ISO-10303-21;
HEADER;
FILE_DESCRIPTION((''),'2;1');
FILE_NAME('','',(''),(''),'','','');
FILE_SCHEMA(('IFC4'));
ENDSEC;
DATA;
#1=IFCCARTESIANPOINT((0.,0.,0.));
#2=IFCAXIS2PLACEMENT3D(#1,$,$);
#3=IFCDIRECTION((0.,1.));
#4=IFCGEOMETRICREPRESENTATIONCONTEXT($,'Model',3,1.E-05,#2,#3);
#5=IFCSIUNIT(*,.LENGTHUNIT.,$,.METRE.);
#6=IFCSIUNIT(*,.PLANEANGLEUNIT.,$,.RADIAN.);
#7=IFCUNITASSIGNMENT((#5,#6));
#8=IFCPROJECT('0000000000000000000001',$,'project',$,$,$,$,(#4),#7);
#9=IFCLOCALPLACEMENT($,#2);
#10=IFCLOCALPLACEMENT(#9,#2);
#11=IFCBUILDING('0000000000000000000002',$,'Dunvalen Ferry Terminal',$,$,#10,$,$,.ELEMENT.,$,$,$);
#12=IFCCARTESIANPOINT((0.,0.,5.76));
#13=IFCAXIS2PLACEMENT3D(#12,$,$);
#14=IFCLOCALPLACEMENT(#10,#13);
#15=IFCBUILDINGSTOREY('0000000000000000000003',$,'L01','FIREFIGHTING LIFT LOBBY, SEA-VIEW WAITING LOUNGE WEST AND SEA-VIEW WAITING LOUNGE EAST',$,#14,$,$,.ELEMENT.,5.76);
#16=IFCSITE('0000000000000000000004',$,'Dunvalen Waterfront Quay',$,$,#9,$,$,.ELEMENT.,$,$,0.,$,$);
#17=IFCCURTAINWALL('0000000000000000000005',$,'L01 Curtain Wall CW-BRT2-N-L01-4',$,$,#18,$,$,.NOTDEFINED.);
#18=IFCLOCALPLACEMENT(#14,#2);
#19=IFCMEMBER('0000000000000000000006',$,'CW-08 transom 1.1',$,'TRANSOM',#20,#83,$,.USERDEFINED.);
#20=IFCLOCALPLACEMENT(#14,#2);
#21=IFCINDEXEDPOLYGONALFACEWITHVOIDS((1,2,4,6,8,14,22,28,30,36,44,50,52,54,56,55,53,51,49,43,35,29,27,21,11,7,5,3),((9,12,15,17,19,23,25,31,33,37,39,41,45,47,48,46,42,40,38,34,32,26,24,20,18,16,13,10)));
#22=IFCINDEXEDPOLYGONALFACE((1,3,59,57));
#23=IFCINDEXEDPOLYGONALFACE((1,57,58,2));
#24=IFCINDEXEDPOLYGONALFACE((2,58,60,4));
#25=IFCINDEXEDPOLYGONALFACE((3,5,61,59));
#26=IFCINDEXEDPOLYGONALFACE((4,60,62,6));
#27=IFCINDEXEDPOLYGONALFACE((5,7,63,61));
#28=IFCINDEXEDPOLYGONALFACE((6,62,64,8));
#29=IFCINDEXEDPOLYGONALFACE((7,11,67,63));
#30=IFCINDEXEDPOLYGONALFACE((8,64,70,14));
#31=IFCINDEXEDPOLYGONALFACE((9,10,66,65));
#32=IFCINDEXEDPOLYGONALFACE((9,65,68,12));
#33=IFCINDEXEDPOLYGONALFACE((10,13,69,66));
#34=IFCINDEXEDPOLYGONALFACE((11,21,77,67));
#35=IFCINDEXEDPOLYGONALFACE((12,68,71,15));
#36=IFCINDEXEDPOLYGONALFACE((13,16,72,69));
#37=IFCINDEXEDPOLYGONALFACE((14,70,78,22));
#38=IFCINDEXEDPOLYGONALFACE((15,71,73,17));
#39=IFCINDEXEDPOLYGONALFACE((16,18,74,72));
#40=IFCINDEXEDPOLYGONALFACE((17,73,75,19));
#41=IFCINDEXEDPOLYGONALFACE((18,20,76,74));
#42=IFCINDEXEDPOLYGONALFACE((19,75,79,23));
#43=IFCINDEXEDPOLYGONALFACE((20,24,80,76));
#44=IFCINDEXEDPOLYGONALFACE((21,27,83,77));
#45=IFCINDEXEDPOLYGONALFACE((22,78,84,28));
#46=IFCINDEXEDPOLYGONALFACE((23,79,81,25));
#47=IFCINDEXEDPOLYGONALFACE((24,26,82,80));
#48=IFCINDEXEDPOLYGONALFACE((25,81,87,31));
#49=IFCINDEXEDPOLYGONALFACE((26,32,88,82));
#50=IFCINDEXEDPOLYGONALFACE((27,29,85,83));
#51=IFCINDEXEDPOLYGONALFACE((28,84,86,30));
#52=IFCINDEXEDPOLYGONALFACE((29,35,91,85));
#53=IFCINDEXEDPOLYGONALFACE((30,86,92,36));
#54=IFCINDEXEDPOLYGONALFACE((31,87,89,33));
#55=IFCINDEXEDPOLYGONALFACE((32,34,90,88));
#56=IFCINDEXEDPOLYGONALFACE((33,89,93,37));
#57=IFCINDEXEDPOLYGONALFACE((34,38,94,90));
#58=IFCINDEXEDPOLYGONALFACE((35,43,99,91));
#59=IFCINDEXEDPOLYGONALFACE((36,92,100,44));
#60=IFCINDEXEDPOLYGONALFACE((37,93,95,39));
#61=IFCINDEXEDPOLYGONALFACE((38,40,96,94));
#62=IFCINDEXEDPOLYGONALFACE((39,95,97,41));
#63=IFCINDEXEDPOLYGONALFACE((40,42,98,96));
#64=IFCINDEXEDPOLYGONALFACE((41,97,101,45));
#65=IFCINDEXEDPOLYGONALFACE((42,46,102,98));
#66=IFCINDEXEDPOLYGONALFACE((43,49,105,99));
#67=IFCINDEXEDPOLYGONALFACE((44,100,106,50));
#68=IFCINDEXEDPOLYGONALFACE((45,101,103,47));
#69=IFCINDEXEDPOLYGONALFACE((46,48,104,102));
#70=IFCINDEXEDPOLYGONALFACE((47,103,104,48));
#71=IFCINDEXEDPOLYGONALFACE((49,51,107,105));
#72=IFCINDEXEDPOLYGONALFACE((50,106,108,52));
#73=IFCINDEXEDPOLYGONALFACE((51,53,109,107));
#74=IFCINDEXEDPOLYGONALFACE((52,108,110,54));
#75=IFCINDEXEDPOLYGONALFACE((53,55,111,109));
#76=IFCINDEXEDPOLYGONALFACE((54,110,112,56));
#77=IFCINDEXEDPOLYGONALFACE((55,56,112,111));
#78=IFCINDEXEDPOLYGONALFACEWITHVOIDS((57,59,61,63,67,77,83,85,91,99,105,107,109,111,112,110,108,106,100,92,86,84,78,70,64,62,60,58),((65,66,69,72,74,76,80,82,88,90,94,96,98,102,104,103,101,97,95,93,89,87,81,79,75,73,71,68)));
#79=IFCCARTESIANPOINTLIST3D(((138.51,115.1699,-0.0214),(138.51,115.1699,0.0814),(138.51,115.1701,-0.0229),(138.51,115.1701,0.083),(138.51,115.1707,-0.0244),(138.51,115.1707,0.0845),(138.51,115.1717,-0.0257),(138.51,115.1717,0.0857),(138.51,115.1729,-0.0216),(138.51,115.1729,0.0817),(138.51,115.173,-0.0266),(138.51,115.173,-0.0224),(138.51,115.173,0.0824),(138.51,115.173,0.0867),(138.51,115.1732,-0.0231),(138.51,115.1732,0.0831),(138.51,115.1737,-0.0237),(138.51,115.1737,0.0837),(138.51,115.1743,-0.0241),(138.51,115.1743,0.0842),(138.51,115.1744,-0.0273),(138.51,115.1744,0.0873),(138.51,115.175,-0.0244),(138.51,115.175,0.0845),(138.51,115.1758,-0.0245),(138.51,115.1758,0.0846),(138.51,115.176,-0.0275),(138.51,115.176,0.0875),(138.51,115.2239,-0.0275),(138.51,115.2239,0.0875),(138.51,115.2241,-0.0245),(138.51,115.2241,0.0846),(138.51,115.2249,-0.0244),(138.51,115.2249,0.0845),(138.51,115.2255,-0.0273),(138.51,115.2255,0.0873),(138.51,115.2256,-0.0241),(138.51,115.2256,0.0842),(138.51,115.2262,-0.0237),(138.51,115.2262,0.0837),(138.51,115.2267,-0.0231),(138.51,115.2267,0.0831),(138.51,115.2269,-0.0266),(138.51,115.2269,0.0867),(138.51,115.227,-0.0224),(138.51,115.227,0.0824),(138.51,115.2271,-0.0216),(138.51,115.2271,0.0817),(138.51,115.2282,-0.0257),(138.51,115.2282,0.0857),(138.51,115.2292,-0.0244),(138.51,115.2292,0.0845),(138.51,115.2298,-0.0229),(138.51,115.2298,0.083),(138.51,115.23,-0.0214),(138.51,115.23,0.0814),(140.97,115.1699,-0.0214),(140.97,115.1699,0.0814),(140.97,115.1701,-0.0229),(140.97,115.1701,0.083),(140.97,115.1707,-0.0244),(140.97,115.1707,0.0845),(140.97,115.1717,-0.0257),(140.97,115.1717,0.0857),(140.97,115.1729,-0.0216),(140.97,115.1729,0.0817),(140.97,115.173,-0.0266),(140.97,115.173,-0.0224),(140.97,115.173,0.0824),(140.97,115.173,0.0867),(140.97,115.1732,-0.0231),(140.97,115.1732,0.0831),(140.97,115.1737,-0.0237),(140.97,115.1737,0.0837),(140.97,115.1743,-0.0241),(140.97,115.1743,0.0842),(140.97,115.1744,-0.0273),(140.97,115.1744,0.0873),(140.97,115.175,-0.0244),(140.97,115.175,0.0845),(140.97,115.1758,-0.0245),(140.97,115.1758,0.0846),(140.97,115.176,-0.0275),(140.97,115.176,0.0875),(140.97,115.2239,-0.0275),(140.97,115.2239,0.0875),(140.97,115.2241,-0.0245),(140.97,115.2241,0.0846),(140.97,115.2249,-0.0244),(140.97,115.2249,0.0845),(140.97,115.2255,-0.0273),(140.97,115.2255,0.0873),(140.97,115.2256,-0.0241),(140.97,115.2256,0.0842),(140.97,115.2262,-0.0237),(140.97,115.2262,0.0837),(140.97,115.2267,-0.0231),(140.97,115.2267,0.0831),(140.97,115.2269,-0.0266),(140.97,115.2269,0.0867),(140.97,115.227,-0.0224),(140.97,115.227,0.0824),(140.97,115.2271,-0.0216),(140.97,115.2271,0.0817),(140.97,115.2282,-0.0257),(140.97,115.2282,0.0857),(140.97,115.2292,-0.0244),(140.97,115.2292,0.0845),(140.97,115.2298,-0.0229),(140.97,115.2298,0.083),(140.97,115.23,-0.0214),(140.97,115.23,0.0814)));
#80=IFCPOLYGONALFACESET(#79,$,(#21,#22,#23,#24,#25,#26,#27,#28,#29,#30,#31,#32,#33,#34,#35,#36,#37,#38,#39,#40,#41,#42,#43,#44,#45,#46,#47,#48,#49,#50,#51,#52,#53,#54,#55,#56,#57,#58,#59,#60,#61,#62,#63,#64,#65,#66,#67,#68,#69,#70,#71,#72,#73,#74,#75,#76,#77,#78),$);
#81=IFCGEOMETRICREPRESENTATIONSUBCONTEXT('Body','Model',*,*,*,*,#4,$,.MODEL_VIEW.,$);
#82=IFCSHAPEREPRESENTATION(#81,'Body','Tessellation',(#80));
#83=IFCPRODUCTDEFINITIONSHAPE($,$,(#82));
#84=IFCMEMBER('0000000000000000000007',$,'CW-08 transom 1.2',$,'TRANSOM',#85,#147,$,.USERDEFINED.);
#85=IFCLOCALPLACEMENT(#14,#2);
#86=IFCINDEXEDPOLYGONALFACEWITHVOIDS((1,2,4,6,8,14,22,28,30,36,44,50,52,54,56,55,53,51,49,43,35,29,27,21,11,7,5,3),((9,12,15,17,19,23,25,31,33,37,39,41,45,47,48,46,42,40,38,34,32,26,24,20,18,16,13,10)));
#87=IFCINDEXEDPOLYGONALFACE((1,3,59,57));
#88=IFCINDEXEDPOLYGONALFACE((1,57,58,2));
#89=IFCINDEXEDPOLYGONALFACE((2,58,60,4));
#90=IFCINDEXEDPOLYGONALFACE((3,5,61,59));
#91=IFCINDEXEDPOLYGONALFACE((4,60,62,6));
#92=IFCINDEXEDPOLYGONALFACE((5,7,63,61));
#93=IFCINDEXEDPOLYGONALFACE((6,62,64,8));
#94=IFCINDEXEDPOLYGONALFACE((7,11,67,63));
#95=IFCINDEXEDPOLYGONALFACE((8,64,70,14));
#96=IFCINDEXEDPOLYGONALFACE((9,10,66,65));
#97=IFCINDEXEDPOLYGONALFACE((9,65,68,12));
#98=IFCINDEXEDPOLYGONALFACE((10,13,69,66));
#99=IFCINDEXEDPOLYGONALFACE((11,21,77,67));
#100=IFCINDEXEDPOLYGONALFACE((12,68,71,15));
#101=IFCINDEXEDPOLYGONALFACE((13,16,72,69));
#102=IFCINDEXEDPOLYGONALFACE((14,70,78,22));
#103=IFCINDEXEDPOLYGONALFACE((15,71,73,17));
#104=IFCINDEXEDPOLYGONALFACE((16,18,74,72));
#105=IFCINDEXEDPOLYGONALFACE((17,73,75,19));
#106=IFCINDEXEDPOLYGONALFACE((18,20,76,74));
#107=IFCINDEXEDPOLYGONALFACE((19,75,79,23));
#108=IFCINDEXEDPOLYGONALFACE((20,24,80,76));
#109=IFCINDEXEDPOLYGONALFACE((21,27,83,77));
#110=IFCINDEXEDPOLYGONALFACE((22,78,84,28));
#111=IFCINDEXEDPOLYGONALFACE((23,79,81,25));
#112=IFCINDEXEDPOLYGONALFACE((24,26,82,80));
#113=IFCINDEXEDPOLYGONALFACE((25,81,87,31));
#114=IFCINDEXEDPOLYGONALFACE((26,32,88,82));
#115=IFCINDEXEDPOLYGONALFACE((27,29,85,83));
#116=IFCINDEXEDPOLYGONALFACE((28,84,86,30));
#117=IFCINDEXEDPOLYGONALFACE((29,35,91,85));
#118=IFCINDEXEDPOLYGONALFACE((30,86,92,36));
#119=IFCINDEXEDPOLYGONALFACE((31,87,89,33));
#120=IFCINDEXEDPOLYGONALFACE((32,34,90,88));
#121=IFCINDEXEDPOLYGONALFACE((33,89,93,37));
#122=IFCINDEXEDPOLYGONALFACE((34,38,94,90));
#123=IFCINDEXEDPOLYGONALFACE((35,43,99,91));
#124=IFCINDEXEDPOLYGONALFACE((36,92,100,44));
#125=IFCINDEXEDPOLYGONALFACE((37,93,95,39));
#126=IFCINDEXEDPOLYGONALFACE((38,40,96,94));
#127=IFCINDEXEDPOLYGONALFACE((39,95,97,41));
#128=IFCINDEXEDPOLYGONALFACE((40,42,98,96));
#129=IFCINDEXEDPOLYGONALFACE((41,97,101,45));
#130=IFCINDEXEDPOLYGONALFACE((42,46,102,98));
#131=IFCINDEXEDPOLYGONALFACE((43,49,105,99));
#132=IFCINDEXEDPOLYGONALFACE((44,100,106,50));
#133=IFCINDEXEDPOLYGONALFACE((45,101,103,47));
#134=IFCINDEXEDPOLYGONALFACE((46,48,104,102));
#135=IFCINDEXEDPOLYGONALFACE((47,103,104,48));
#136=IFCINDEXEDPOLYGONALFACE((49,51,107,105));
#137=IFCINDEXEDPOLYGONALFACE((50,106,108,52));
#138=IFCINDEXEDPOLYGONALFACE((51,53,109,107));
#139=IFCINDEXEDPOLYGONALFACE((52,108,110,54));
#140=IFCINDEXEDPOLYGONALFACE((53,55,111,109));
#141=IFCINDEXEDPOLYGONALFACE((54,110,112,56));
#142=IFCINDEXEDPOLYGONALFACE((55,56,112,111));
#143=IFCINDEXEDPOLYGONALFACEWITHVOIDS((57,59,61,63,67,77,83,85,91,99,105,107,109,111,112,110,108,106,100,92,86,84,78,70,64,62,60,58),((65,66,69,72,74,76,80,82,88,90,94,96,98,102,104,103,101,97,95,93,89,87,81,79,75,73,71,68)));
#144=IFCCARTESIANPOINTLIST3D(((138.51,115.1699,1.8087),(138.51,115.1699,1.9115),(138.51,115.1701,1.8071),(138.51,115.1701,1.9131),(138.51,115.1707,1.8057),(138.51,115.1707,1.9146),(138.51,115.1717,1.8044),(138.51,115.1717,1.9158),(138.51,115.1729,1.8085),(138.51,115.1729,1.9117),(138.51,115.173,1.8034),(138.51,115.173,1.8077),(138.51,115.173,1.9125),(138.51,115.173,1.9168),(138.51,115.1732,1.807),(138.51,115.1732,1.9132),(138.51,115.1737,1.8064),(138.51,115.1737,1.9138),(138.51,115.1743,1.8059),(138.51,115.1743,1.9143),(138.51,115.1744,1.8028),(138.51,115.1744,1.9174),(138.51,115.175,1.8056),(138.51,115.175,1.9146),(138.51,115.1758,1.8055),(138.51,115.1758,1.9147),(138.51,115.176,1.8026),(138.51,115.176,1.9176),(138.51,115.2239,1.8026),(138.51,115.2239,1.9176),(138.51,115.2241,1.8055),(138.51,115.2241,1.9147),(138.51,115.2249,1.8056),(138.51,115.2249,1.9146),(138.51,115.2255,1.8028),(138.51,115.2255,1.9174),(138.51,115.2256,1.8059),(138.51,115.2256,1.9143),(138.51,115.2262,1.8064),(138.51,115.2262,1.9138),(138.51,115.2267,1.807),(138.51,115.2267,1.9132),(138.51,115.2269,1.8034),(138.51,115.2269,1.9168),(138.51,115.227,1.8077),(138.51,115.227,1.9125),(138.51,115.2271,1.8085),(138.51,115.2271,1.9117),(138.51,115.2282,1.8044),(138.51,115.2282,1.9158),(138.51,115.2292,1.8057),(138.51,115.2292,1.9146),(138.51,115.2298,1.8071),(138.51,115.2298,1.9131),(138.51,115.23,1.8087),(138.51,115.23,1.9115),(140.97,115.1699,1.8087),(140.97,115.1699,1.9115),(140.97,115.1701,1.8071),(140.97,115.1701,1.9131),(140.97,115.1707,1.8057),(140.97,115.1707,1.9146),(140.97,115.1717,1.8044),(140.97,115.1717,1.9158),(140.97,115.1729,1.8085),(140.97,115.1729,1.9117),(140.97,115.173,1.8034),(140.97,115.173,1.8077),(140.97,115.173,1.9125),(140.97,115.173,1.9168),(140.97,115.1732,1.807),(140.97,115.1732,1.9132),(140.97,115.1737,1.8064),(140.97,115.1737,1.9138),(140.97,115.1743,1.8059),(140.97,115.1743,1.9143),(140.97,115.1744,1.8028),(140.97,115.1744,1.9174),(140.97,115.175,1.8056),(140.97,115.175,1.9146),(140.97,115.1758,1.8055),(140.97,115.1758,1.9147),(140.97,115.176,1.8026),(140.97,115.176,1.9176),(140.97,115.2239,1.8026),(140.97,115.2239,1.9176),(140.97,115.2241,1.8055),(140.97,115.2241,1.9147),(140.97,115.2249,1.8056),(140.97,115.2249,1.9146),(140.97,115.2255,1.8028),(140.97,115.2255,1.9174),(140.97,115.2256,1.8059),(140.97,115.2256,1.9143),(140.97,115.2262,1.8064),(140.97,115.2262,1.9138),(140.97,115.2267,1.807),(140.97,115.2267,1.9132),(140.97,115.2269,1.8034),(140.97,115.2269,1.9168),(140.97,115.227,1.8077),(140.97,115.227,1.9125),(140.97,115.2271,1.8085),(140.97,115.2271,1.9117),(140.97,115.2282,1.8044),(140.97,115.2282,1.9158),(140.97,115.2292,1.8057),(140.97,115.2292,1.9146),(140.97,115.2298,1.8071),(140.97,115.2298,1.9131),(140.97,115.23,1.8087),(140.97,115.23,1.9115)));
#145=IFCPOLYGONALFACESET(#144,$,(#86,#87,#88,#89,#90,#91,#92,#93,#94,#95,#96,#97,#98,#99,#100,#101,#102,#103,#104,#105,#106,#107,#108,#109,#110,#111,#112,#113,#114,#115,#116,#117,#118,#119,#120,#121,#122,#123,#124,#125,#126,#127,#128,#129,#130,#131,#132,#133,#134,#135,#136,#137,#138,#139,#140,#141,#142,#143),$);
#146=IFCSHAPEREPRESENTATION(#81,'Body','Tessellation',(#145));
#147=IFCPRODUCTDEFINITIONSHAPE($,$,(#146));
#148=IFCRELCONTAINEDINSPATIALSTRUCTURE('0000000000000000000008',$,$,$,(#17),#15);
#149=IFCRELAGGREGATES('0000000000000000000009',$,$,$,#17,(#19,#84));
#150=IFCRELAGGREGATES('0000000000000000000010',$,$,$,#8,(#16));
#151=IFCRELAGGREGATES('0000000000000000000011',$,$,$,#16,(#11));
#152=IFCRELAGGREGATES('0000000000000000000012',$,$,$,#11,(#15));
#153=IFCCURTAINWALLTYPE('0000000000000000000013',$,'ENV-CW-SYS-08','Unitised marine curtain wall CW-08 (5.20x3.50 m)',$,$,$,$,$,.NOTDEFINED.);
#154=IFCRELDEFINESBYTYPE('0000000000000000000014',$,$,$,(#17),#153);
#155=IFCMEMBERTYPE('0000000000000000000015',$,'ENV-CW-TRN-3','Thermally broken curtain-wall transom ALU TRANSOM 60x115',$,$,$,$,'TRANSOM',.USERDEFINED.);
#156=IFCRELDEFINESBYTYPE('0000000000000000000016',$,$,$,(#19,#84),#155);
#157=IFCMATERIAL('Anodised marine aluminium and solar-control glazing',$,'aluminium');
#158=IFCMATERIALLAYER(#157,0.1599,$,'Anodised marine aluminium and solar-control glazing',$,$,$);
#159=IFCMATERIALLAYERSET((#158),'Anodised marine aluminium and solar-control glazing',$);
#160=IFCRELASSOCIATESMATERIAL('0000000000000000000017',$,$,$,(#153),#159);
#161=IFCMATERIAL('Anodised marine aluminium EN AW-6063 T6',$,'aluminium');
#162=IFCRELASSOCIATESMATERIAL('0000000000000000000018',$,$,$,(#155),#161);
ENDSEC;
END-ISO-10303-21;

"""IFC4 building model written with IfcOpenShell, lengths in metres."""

from ifc_helpers import new_model, si_unit, direction, frame, origin, origin_2d, place, context, subcontext, project, spatial, hollow_rectangle, extrude, material, layer, layer_set, material_profile, profile_set, type_object, element, aggregate, save


model = new_model("IFC4")

# Units and contexts
model_context = context("Model", 3, precision=1e-05, world=origin(), true_north=direction((0.0, 1.0)))
body_context = subcontext(model_context, "Body", "Model", "MODEL_VIEW")
ifc_project = project(units=[si_unit("LENGTHUNIT", "METRE"), si_unit("PLANEANGLEUNIT", "RADIAN")], contexts=[model_context])

# Site, building, storey
site_placement = place(None, origin())
site = spatial("IfcSite", under=ifc_project, at=site_placement, Name="Dunvalen Waterfront Quay", CompositionType="ELEMENT", RefElevation=0.0)
building_placement = place(site_placement, origin())
building = spatial("IfcBuilding", under=site, at=building_placement, Name="Dunvalen Ferry Terminal", CompositionType="ELEMENT")
storey_placement = place(building_placement, frame((0.0, 0.0, 5.76)))
storey = spatial("IfcBuildingStorey", under=building, at=storey_placement, Name="L01", Description="FIREFIGHTING LIFT LOBBY, SEA-VIEW WAITING LOUNGE WEST AND SEA-VIEW WAITING LOUNGE EAST", CompositionType="ELEMENT", Elevation=5.76)

# Shared definitions
ifc_material_1 = material(Name="Anodised marine aluminium and solar-control glazing", Category="aluminium")
ifc_layer_1 = layer(ifc_material_1, 0.1599, Name="Anodised marine aluminium and solar-control glazing")
ifc_layer_set_1 = layer_set([ifc_layer_1], Name="Anodised marine aluminium and solar-control glazing")
curtain_wall_type = type_object("IfcCurtainWallType", Name="ENV-CW-SYS-08", Description="Unitised marine curtain wall CW-08 (5.20x3.50 m)", PredefinedType="NOTDEFINED", material=ifc_layer_set_1)
ifc_material_2 = material(Name="Anodised marine aluminium EN AW-6063 T6", Category="aluminium")

# Curtain wall
curtain_wall_1_placement = place(storey_placement, origin())
curtain_wall_1 = element("IfcCurtainWall", 1, at=curtain_wall_1_placement, inside=storey, type_object=curtain_wall_type, Name="L01 Curtain Wall CW-BRT2-N-L01-4", PredefinedType="NOTDEFINED")

# Members
ifc_material_profile_1 = material_profile(ifc_material_2, hollow_rectangle(XDim=0.0601, YDim=0.115, WallThickness=0.0029, InnerFilletRadius=0.0029, OuterFilletRadius=0.0061, at=origin_2d()), Name="Anodised marine aluminium EN AW-6063 T6")
ifc_profile_set_1 = profile_set([ifc_material_profile_1], Name="Anodised marine aluminium EN AW-6063 T6")
member_type_1 = type_object("IfcMemberType", Name="ENV-CW-TRN-3", Description="Thermally broken curtain-wall transom ALU TRANSOM 60x115", ElementType="TRANSOM", PredefinedType="USERDEFINED", material=ifc_profile_set_1)
member_1_placement = place(storey_placement, frame((138.51, 115.2, 0.03), z_axis=(1.0, 0.0, 0.0), x_axis=(0.0, 1.0, 0.0)))
member_1 = element("IfcMember", 2, at=member_1_placement, type_object=member_type_1, Name="CW-08 transom 1.1", ObjectType="TRANSOM", PredefinedType="USERDEFINED", context=body_context, shape_type="SweptSolid", body=[
    extrude(hollow_rectangle(XDim=0.0601, YDim=0.115, WallThickness=0.0029, InnerFilletRadius=0.0029, OuterFilletRadius=0.0061, at=origin_2d()), origin(), (0.0, 0.0, 1.0), 2.46),
])
member_2_placement = place(storey_placement, frame((138.51, 115.2, 1.8601), z_axis=(1.0, 0.0, 0.0), x_axis=(0.0, 1.0, 0.0)))
member_2 = element("IfcMember", 3, at=member_2_placement, type_object=member_type_1, Name="CW-08 transom 1.2", ObjectType="TRANSOM", PredefinedType="USERDEFINED", context=body_context, shape_type="SweptSolid", body=[
    extrude(hollow_rectangle(XDim=0.0601, YDim=0.115, WallThickness=0.0029, InnerFilletRadius=0.0029, OuterFilletRadius=0.0061, at=origin_2d()), origin(), (0.0, 0.0, 1.0), 2.46),
])
aggregate(curtain_wall_1, [member_1, member_2])

save(model, "model.ifc")
